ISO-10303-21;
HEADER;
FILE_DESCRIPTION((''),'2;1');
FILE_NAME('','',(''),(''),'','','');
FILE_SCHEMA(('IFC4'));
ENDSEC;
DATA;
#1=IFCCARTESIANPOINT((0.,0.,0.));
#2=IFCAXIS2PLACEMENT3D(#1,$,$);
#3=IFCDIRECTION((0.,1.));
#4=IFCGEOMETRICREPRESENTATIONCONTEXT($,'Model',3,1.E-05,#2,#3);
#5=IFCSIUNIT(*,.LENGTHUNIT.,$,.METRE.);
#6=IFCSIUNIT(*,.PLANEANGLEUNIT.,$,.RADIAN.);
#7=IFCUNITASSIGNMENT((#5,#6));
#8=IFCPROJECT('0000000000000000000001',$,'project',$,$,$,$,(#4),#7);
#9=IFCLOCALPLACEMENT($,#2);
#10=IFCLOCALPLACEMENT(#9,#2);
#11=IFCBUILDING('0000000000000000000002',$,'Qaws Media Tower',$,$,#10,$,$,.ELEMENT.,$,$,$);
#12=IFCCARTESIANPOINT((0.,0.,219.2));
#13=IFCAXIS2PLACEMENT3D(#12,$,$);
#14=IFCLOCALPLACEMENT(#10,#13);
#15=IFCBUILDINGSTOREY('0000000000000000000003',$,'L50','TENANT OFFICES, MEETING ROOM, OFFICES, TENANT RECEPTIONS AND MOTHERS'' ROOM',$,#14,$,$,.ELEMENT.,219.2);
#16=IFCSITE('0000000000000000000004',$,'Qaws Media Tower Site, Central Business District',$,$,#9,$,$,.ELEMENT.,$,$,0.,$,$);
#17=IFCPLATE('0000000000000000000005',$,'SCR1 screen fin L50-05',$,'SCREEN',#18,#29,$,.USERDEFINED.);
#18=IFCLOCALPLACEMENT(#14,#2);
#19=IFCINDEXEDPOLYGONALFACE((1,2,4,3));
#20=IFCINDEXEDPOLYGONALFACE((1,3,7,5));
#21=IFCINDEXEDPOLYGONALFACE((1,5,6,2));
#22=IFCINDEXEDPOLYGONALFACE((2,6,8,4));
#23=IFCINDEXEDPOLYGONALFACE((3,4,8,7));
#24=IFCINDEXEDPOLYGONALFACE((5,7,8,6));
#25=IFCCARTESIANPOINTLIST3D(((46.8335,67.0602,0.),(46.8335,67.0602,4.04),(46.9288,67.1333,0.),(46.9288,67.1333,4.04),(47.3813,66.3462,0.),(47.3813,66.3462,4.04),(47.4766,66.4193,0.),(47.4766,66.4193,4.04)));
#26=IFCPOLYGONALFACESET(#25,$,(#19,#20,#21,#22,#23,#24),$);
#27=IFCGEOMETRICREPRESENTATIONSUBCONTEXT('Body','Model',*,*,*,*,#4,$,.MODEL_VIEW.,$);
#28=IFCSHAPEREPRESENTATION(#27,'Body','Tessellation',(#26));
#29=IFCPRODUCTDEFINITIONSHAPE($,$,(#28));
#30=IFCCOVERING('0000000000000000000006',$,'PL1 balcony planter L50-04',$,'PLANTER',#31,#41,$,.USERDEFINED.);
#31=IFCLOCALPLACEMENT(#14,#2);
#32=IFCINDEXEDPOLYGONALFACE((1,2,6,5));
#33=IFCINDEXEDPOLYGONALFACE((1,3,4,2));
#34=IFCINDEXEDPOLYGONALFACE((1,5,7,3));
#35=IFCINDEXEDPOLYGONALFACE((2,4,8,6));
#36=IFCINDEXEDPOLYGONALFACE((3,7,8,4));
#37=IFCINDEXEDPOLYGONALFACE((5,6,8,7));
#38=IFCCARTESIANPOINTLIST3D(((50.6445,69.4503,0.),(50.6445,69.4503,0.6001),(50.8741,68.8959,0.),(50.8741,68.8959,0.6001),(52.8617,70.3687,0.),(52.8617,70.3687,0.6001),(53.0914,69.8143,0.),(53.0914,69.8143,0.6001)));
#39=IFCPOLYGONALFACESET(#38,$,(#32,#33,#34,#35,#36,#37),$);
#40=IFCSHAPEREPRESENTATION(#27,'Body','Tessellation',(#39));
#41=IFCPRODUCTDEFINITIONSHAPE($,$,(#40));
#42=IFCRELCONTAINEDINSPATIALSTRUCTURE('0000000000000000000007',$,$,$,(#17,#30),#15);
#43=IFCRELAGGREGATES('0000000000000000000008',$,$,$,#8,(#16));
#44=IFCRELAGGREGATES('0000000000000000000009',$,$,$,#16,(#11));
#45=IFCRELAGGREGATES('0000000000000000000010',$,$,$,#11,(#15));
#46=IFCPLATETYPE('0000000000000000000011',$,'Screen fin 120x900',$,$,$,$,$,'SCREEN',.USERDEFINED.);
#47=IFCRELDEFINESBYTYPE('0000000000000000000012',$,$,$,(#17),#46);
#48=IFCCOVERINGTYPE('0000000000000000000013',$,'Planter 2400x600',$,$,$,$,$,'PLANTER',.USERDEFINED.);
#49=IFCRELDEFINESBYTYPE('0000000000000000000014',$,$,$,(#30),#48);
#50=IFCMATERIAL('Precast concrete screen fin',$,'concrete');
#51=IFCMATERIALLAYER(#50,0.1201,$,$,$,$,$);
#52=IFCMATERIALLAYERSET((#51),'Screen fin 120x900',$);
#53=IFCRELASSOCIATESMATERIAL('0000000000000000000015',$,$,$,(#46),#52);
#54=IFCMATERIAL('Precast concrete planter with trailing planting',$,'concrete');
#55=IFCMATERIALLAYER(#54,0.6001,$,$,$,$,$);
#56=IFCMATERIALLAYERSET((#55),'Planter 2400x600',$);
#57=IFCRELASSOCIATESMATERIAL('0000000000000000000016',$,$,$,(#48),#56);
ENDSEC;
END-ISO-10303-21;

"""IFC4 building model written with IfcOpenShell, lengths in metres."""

from ifc_helpers import new_model, si_unit, direction, frame, origin, origin_2d, place, context, subcontext, project, spatial, rectangle, extrude, material, layer, layer_set, type_object, element, save


model = new_model("IFC4")

# Units and contexts
model_context = context("Model", 3, precision=1e-05, world=origin(), true_north=direction((0.0, 1.0)))
body_context = subcontext(model_context, "Body", "Model", "MODEL_VIEW")
ifc_project = project(units=[si_unit("LENGTHUNIT", "METRE"), si_unit("PLANEANGLEUNIT", "RADIAN")], contexts=[model_context])

# Site, building, storey
site_placement = place(None, origin())
site = spatial("IfcSite", under=ifc_project, at=site_placement, Name="Qaws Media Tower Site, Central Business District", CompositionType="ELEMENT", RefElevation=0.0)
building_placement = place(site_placement, origin())
building = spatial("IfcBuilding", under=site, at=building_placement, Name="Qaws Media Tower", CompositionType="ELEMENT")
storey_placement = place(building_placement, frame((0.0, 0.0, 219.2)))
storey = spatial("IfcBuildingStorey", under=building, at=storey_placement, Name="L50", Description="TENANT OFFICES, MEETING ROOM, OFFICES, TENANT RECEPTIONS AND MOTHERS' ROOM", CompositionType="ELEMENT", Elevation=219.2)

# Plate
ifc_material_1 = material(Name="Precast concrete screen fin", Category="concrete")
ifc_layer_1 = layer(ifc_material_1, 0.1201)
ifc_layer_set_1 = layer_set([ifc_layer_1], Name="Screen fin 120x900")
plate_type_1 = type_object("IfcPlateType", Name="Screen fin 120x900", ElementType="SCREEN", PredefinedType="USERDEFINED", material=ifc_layer_set_1)
plate_1_placement = place(storey_placement, frame((47.155, 66.7397, 0.0), z_axis=(0.0, 0.0, 1.0), x_axis=(-0.608761, 0.793353, 0.0)))
element("IfcPlate", 1, at=plate_1_placement, inside=storey, type_object=plate_type_1, Name="SCR1 screen fin L50-05", ObjectType="SCREEN", PredefinedType="USERDEFINED", context=body_context, shape_type="SweptSolid", body=[
    extrude(rectangle(XDim=0.8999, YDim=0.1201, at=origin_2d()), origin(), (0.0, 0.0, 1.0), 4.04),
])

# Covering
ifc_material_2 = material(Name="Precast concrete planter with trailing planting", Category="concrete")
ifc_layer_2 = layer(ifc_material_2, 0.6001)
ifc_layer_set_2 = layer_set([ifc_layer_2], Name="Planter 2400x600")
covering_type = type_object("IfcCoveringType", Name="Planter 2400x600", ElementType="PLANTER", PredefinedType="USERDEFINED", material=ifc_layer_set_2)
covering_placement = place(storey_placement, frame((51.8679, 69.6323, 0.0), z_axis=(0.0, 0.0, 1.0), x_axis=(-0.92388, -0.382683, 0.0)))
element("IfcCovering", 2, at=covering_placement, inside=storey, type_object=covering_type, Name="PL1 balcony planter L50-04", ObjectType="PLANTER", PredefinedType="USERDEFINED", context=body_context, shape_type="SweptSolid", body=[
    extrude(rectangle(XDim=2.3999, YDim=0.6001, at=origin_2d()), origin(), (0.0, 0.0, 1.0), 0.6001),
])

save(model, "model.ifc")
